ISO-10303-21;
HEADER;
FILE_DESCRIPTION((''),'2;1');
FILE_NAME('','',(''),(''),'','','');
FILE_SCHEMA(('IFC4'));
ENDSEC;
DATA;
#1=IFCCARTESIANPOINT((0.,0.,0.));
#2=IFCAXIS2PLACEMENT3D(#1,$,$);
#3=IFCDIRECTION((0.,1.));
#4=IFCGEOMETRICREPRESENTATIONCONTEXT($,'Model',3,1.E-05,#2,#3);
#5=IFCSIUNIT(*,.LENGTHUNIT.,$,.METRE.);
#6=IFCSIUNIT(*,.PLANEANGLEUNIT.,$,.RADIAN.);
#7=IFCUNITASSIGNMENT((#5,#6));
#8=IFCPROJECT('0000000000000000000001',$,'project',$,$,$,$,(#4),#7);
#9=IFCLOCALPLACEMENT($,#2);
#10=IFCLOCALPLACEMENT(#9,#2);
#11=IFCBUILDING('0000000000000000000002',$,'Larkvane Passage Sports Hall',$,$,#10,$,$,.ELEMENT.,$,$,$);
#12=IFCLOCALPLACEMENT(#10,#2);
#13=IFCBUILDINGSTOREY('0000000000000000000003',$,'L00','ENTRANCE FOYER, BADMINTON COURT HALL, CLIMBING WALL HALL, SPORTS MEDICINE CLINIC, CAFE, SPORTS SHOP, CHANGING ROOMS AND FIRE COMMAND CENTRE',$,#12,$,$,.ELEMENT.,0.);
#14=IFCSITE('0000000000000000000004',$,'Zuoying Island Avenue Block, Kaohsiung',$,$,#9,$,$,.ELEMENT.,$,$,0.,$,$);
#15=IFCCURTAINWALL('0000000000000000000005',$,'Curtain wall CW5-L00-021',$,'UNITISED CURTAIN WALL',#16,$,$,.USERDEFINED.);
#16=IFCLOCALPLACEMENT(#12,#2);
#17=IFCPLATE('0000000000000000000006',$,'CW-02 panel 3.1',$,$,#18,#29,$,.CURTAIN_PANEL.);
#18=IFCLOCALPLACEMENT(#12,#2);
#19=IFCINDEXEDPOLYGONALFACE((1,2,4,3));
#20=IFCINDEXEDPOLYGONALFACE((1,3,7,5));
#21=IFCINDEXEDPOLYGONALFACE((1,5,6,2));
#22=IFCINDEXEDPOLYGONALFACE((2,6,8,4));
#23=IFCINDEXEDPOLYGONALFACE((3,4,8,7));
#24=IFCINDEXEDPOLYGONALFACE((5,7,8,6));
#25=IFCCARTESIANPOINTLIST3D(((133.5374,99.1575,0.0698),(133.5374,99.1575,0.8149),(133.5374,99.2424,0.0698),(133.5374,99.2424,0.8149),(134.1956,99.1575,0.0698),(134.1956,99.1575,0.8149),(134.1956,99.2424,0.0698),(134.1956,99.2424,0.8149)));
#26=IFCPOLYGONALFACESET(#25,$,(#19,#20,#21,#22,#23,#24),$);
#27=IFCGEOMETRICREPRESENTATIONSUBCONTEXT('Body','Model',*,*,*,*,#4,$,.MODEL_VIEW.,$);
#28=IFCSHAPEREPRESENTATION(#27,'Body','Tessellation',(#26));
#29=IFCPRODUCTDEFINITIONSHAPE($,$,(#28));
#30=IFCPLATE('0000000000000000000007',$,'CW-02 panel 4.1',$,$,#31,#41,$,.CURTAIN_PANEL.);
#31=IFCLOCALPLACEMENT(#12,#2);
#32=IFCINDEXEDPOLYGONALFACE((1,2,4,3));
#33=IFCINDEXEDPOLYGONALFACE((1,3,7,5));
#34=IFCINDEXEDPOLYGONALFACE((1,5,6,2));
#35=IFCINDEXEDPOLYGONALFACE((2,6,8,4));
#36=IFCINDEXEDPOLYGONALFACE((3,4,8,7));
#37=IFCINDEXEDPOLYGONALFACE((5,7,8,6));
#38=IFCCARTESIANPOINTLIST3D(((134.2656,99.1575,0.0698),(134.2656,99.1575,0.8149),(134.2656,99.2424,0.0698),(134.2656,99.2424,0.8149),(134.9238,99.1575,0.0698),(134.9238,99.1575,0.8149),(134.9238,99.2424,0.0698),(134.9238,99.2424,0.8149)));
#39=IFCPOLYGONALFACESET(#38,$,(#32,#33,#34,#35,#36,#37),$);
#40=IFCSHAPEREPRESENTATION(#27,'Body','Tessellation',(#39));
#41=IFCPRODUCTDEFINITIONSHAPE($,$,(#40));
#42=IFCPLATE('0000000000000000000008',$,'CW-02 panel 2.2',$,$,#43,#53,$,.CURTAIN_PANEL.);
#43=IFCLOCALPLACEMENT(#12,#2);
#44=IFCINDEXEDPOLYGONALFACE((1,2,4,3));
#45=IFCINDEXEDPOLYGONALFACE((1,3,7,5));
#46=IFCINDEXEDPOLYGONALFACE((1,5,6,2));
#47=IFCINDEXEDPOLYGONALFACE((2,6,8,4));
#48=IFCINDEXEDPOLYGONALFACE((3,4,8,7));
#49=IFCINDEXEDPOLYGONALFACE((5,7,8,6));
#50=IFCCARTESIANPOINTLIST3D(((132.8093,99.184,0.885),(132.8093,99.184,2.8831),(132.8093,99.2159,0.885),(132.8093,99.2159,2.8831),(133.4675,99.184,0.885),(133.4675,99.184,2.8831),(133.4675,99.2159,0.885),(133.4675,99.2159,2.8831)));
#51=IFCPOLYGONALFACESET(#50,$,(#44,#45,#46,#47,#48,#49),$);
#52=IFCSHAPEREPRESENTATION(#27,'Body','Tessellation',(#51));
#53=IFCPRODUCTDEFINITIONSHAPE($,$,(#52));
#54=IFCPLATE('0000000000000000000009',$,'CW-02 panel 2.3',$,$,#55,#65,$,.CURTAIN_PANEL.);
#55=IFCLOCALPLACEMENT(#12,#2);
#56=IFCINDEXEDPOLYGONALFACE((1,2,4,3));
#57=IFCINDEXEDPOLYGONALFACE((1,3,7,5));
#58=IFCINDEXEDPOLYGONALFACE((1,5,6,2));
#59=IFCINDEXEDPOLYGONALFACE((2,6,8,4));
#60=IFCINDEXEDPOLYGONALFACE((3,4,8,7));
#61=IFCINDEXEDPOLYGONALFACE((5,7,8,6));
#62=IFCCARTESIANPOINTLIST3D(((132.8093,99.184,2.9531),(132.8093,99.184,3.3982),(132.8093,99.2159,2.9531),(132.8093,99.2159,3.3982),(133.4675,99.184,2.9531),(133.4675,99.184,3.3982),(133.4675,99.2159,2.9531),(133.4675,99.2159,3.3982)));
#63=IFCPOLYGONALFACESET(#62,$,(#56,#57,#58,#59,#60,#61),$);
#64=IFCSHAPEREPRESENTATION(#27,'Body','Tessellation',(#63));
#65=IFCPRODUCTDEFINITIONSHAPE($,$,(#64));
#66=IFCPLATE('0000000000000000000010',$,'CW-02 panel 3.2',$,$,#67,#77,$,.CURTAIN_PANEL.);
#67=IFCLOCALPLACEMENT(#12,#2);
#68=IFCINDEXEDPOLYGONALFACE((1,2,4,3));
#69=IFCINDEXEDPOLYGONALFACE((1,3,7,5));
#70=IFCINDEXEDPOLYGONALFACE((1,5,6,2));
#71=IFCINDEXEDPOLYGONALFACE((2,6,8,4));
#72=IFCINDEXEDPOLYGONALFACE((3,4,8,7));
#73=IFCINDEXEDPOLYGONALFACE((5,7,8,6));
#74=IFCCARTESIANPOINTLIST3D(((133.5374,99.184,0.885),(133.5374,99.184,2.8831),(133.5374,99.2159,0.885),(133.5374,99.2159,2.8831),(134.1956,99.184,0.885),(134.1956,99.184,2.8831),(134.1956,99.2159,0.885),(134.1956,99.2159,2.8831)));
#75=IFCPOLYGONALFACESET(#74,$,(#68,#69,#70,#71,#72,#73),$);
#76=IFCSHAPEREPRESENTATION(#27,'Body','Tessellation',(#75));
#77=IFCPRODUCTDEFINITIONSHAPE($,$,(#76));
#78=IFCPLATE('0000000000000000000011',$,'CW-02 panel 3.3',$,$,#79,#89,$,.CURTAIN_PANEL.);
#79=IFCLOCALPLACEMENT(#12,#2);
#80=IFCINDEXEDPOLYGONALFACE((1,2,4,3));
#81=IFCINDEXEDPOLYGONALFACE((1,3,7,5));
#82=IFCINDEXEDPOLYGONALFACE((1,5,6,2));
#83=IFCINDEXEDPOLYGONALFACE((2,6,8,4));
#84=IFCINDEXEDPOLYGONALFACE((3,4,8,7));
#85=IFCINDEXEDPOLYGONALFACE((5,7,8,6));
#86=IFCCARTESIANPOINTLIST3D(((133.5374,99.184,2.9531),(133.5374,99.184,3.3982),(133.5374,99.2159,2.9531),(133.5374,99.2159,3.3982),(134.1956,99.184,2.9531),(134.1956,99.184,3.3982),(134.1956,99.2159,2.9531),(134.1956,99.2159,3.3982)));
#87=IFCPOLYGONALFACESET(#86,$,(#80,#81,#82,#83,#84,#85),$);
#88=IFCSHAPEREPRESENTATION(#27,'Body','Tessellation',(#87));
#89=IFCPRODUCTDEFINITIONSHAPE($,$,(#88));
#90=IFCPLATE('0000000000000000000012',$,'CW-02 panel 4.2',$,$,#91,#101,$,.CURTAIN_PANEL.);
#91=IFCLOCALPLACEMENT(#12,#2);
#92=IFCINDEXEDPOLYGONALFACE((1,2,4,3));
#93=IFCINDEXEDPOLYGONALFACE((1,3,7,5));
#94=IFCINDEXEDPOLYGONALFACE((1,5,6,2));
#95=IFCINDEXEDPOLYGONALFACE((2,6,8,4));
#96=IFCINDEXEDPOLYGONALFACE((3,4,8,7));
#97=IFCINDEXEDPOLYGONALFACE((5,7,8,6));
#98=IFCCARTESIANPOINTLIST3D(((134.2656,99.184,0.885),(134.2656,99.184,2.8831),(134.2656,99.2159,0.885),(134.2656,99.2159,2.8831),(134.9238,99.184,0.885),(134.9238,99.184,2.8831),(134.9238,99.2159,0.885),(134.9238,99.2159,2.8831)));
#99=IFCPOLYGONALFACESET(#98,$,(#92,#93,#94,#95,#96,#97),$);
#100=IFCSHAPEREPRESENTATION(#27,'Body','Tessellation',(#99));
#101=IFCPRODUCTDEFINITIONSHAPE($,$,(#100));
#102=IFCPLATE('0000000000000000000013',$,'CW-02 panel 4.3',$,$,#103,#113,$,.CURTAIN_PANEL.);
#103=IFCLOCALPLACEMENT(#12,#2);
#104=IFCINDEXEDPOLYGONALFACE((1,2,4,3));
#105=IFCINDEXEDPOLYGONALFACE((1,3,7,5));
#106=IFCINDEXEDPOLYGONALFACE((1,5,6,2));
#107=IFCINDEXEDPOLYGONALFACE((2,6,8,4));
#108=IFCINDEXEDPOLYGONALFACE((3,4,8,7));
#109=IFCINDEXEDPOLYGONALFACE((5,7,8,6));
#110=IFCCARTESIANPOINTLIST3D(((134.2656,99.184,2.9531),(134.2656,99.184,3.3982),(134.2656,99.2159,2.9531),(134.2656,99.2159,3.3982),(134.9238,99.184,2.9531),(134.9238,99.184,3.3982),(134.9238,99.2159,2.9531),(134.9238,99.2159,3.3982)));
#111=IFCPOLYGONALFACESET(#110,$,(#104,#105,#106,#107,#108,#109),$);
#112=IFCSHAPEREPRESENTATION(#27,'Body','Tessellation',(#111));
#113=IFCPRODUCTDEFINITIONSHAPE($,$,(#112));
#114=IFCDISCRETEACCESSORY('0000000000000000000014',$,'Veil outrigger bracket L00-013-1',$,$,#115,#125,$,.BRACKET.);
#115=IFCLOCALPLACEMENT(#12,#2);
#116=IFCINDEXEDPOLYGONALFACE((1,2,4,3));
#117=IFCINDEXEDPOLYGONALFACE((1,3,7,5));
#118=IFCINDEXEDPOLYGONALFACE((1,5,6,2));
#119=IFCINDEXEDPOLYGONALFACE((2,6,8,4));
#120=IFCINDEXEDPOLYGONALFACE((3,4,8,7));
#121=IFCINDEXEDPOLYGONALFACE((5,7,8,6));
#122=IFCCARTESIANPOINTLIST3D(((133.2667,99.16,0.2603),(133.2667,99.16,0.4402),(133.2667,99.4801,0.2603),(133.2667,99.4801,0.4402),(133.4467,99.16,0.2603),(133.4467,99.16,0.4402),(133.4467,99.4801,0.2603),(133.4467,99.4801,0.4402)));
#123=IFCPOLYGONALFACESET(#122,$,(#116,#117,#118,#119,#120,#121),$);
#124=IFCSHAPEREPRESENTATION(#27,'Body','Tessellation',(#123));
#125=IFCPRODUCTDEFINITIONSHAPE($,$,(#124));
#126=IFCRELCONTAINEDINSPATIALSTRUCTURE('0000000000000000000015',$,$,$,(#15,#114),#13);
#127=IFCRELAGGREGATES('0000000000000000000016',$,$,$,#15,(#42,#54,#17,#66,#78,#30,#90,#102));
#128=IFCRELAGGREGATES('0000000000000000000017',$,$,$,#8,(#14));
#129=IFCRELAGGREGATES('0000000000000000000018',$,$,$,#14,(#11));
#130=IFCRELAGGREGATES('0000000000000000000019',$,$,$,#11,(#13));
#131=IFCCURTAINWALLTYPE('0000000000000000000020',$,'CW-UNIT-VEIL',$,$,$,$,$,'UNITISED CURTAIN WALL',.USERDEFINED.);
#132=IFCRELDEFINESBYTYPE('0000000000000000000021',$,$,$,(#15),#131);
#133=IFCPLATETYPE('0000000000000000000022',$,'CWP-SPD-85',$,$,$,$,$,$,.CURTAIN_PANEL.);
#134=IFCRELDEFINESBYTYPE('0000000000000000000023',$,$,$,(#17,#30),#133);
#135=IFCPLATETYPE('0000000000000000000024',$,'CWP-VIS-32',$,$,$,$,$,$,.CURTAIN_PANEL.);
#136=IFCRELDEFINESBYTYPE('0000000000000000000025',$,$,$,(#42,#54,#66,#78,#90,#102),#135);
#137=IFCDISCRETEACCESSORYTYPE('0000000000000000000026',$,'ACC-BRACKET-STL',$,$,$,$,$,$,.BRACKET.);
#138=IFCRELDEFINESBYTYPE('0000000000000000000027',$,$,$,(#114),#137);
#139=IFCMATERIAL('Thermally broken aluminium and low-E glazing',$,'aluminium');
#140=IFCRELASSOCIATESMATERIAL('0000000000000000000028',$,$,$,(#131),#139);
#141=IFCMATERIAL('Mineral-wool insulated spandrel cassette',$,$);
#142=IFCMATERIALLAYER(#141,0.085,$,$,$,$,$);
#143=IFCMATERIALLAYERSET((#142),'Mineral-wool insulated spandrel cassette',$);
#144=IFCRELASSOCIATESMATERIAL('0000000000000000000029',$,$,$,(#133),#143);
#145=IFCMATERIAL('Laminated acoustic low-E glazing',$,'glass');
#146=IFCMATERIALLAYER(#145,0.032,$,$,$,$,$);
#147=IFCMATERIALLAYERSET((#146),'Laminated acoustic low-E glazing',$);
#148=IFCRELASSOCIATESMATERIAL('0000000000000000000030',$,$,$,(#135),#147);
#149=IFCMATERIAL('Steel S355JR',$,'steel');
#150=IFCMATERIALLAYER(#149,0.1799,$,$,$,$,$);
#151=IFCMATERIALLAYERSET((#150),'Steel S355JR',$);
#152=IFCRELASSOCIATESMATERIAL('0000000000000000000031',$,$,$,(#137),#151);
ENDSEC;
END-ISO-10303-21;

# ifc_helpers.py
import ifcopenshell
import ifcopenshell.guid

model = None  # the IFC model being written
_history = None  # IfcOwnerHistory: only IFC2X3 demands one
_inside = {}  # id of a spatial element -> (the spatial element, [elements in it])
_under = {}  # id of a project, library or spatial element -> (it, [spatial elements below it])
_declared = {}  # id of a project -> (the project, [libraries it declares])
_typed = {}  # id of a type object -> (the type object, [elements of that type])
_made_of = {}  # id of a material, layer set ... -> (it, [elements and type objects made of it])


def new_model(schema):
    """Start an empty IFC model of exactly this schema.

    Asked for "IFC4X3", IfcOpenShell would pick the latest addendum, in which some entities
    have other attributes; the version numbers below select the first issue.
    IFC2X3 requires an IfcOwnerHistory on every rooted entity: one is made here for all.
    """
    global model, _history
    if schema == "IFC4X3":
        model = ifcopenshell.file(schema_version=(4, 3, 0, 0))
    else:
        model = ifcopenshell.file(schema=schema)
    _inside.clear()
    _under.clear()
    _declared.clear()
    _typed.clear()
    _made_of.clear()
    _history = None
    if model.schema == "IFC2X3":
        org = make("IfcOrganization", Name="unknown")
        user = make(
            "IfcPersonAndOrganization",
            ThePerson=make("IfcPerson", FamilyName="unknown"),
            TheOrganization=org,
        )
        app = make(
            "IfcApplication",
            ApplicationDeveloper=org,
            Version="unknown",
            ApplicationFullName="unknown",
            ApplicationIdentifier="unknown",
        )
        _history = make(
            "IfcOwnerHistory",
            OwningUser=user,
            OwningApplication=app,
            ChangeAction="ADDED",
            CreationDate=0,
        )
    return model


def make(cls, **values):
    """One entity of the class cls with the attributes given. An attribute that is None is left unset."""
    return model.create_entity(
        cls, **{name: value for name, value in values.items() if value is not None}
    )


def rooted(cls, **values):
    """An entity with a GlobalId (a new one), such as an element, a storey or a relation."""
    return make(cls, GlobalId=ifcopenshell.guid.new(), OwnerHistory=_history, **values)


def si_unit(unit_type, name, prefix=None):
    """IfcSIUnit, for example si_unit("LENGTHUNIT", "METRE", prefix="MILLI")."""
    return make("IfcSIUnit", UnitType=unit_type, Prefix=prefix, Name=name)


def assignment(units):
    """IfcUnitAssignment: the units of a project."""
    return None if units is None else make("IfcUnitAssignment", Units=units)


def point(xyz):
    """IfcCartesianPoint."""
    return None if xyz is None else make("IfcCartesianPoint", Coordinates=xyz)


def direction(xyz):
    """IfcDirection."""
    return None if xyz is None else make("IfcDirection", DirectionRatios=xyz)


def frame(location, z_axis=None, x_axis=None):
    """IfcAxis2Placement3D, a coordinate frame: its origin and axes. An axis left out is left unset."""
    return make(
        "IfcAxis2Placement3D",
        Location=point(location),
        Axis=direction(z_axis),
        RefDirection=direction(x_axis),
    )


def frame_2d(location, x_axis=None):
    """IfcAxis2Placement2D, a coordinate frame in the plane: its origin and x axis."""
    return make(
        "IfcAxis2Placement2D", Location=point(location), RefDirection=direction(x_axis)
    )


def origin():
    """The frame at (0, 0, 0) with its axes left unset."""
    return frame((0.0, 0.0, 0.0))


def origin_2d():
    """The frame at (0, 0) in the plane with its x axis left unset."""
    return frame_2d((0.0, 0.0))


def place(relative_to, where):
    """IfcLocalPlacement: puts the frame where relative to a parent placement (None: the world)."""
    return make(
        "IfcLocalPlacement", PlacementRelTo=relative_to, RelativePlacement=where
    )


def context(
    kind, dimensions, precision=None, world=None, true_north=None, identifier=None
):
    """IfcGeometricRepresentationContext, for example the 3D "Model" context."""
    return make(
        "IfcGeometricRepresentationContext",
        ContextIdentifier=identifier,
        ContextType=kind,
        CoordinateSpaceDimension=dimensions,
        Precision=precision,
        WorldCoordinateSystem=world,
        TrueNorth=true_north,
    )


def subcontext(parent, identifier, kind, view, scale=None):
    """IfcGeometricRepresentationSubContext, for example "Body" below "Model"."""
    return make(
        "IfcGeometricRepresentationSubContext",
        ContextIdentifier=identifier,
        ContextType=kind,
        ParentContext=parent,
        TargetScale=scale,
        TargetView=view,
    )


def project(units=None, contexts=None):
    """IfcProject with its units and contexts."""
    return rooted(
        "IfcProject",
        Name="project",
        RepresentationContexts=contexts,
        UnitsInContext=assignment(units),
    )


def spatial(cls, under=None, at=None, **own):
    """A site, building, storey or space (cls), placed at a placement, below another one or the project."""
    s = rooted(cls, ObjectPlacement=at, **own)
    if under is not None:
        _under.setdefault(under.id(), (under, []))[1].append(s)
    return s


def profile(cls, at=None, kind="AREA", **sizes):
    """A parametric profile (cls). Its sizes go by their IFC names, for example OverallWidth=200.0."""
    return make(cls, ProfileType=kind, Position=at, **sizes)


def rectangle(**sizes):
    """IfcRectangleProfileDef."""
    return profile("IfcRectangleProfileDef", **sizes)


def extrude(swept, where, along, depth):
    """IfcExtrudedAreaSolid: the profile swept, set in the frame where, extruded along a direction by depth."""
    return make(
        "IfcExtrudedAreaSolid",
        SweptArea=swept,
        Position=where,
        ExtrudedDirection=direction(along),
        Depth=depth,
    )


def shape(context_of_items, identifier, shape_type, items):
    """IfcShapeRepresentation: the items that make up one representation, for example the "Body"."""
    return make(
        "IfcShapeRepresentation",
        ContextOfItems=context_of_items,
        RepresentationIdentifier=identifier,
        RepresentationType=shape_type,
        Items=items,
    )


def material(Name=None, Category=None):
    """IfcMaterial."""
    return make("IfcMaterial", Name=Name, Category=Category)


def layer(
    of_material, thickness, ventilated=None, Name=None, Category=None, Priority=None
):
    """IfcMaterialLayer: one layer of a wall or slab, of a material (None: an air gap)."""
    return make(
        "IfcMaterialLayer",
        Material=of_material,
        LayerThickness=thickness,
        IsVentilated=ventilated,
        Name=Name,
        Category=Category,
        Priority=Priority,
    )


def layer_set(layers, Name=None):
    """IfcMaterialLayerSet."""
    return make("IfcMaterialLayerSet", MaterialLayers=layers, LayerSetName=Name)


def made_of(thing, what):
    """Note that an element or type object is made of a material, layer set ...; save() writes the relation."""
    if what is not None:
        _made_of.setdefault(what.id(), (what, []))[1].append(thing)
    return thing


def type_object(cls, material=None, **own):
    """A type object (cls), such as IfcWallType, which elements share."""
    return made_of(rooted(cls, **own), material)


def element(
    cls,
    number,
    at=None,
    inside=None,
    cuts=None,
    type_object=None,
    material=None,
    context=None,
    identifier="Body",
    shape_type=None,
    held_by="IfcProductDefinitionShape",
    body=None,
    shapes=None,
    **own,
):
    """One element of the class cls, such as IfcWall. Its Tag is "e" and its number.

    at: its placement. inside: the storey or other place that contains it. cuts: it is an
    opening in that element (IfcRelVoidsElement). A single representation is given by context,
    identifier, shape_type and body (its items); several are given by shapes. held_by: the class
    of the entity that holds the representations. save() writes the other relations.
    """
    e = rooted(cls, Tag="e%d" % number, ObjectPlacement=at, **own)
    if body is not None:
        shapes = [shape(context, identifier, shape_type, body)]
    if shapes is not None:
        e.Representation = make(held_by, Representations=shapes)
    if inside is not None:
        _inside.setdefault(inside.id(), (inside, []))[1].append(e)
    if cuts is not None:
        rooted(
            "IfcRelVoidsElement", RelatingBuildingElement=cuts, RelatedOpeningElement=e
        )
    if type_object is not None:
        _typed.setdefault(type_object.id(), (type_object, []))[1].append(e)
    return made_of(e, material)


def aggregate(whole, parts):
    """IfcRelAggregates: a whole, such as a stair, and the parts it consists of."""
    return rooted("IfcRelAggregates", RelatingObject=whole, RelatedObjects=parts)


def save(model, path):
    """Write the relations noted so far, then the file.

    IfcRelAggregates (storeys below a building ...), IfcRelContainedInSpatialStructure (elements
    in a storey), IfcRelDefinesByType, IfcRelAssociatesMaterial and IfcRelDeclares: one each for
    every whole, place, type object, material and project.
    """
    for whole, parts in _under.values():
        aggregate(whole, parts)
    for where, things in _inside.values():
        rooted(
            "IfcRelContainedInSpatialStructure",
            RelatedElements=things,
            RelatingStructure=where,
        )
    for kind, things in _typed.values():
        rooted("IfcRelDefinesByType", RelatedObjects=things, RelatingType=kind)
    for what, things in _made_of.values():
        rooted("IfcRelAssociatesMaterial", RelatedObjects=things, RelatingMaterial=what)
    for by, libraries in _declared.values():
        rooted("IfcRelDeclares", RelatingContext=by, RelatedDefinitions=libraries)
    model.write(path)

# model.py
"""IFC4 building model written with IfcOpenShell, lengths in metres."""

from ifc_helpers import new_model, si_unit, direction, frame, origin, origin_2d, place, context, subcontext, project, spatial, rectangle, extrude, material, layer, layer_set, type_object, element, aggregate, save


model = new_model("IFC4")

# Units and contexts
model_context = context("Model", 3, precision=1e-05, world=origin(), true_north=direction((0.0, 1.0)))
body_context = subcontext(model_context, "Body", "Model", "MODEL_VIEW")
ifc_project = project(units=[si_unit("LENGTHUNIT", "METRE"), si_unit("PLANEANGLEUNIT", "RADIAN")], contexts=[model_context])

# Site, building, storey
site_placement = place(None, origin())
site = spatial("IfcSite", under=ifc_project, at=site_placement, Name="Zuoying Island Avenue Block, Kaohsiung", CompositionType="ELEMENT", RefElevation=0.0)
building_placement = place(site_placement, origin())
building = spatial("IfcBuilding", under=site, at=building_placement, Name="Larkvane Passage Sports Hall", CompositionType="ELEMENT")
storey_placement = place(building_placement, origin())
storey = spatial("IfcBuildingStorey", under=building, at=storey_placement, Name="L00", Description="ENTRANCE FOYER, BADMINTON COURT HALL, CLIMBING WALL HALL, SPORTS MEDICINE CLINIC, CAFE, SPORTS SHOP, CHANGING ROOMS AND FIRE COMMAND CENTRE", CompositionType="ELEMENT", Elevation=0.0)

# Curtain wall, plates
ifc_material_1 = material(Name="Thermally broken aluminium and low-E glazing", Category="aluminium")
curtain_wall_type = type_object("IfcCurtainWallType", Name="CW-UNIT-VEIL", ElementType="UNITISED CURTAIN WALL", PredefinedType="USERDEFINED", material=ifc_material_1)
curtain_wall_placement = place(storey_placement, origin())
curtain_wall = element("IfcCurtainWall", 1, at=curtain_wall_placement, inside=storey, type_object=curtain_wall_type, Name="Curtain wall CW5-L00-021", ObjectType="UNITISED CURTAIN WALL", PredefinedType="USERDEFINED")
ifc_material_2 = material(Name="Mineral-wool insulated spandrel cassette")
ifc_layer_1 = layer(ifc_material_2, 0.085)
ifc_layer_set_1 = layer_set([ifc_layer_1], Name="Mineral-wool insulated spandrel cassette")
plate_type_1 = type_object("IfcPlateType", Name="CWP-SPD-85", PredefinedType="CURTAIN_PANEL", material=ifc_layer_set_1)
plate_1_placement = place(storey_placement, frame((133.8665, 99.2, 0.0698), z_axis=(0.0, 0.0, 1.0), x_axis=(1.0, 0.0, 0.0)))
plate_1 = element("IfcPlate", 2, at=plate_1_placement, type_object=plate_type_1, Name="CW-02 panel 3.1", PredefinedType="CURTAIN_PANEL", context=body_context, shape_type="SweptSolid", body=[
    extrude(rectangle(XDim=0.6582, YDim=0.085, at=origin_2d()), origin(), (0.0, 0.0, 1.0), 0.7451),
])
plate_2_placement = place(storey_placement, frame((134.5947, 99.2, 0.0698), z_axis=(0.0, 0.0, 1.0), x_axis=(1.0, 0.0, 0.0)))
plate_2 = element("IfcPlate", 3, at=plate_2_placement, type_object=plate_type_1, Name="CW-02 panel 4.1", PredefinedType="CURTAIN_PANEL", context=body_context, shape_type="SweptSolid", body=[
    extrude(rectangle(XDim=0.6582, YDim=0.085, at=origin_2d()), origin(), (0.0, 0.0, 1.0), 0.7451),
])
ifc_material_3 = material(Name="Laminated acoustic low-E glazing", Category="glass")
ifc_layer_2 = layer(ifc_material_3, 0.032)
ifc_layer_set_2 = layer_set([ifc_layer_2], Name="Laminated acoustic low-E glazing")
plate_type_2 = type_object("IfcPlateType", Name="CWP-VIS-32", PredefinedType="CURTAIN_PANEL", material=ifc_layer_set_2)
plate_3_placement = place(storey_placement, frame((133.1384, 99.2, 0.885), z_axis=(0.0, 0.0, 1.0), x_axis=(1.0, 0.0, 0.0)))
plate_3 = element("IfcPlate", 4, at=plate_3_placement, type_object=plate_type_2, Name="CW-02 panel 2.2", PredefinedType="CURTAIN_PANEL", context=body_context, shape_type="SweptSolid", body=[
    extrude(rectangle(XDim=0.6582, YDim=0.032, at=origin_2d()), origin(), (0.0, 0.0, 1.0), 1.998),
])
plate_4_placement = place(storey_placement, frame((133.1384, 99.2, 2.9531), z_axis=(0.0, 0.0, 1.0), x_axis=(1.0, 0.0, 0.0)))
plate_4 = element("IfcPlate", 5, at=plate_4_placement, type_object=plate_type_2, Name="CW-02 panel 2.3", PredefinedType="CURTAIN_PANEL", context=body_context, shape_type="SweptSolid", body=[
    extrude(rectangle(XDim=0.6582, YDim=0.032, at=origin_2d()), origin(), (0.0, 0.0, 1.0), 0.4451),
])
plate_5_placement = place(storey_placement, frame((133.8665, 99.2, 0.885), z_axis=(0.0, 0.0, 1.0), x_axis=(1.0, 0.0, 0.0)))
plate_5 = element("IfcPlate", 6, at=plate_5_placement, type_object=plate_type_2, Name="CW-02 panel 3.2", PredefinedType="CURTAIN_PANEL", context=body_context, shape_type="SweptSolid", body=[
    extrude(rectangle(XDim=0.6582, YDim=0.032, at=origin_2d()), origin(), (0.0, 0.0, 1.0), 1.998),
])
plate_6_placement = place(storey_placement, frame((133.8665, 99.2, 2.9531), z_axis=(0.0, 0.0, 1.0), x_axis=(1.0, 0.0, 0.0)))
plate_6 = element("IfcPlate", 7, at=plate_6_placement, type_object=plate_type_2, Name="CW-02 panel 3.3", PredefinedType="CURTAIN_PANEL", context=body_context, shape_type="SweptSolid", body=[
    extrude(rectangle(XDim=0.6582, YDim=0.032, at=origin_2d()), origin(), (0.0, 0.0, 1.0), 0.4451),
])
plate_7_placement = place(storey_placement, frame((134.5947, 99.2, 0.885), z_axis=(0.0, 0.0, 1.0), x_axis=(1.0, 0.0, 0.0)))
plate_7 = element("IfcPlate", 8, at=plate_7_placement, type_object=plate_type_2, Name="CW-02 panel 4.2", PredefinedType="CURTAIN_PANEL", context=body_context, shape_type="SweptSolid", body=[
    extrude(rectangle(XDim=0.6582, YDim=0.032, at=origin_2d()), origin(), (0.0, 0.0, 1.0), 1.998),
])
plate_8_placement = place(storey_placement, frame((134.5947, 99.2, 2.9531), z_axis=(0.0, 0.0, 1.0), x_axis=(1.0, 0.0, 0.0)))
plate_8 = element("IfcPlate", 9, at=plate_8_placement, type_object=plate_type_2, Name="CW-02 panel 4.3", PredefinedType="CURTAIN_PANEL", context=body_context, shape_type="SweptSolid", body=[
    extrude(rectangle(XDim=0.6582, YDim=0.032, at=origin_2d()), origin(), (0.0, 0.0, 1.0), 0.4451),
])
aggregate(curtain_wall, [plate_3, plate_4, plate_1, plate_5, plate_6, plate_2, plate_7, plate_8])

# Discrete accessory
ifc_material_4 = material(Name="Steel S355JR", Category="steel")
ifc_layer_3 = layer(ifc_material_4, 0.1799)
ifc_layer_set_3 = layer_set([ifc_layer_3], Name="Steel S355JR")
discrete_accessory_type = type_object("IfcDiscreteAccessoryType", Name="ACC-BRACKET-STL", PredefinedType="BRACKET", material=ifc_layer_set_3)
discrete_accessory_placement = place(storey_placement, frame((133.3567, 99.3201, 0.2603), z_axis=(0.0, 0.0, 1.0), x_axis=(1.0, 0.0, 0.0)))
element("IfcDiscreteAccessory", 10, at=discrete_accessory_placement, inside=storey, type_object=discrete_accessory_type, Name="Veil outrigger bracket L00-013-1", PredefinedType="BRACKET", context=body_context, shape_type="SweptSolid", body=[
    extrude(rectangle(XDim=0.1799, YDim=0.3201, at=origin_2d()), origin(), (0.0, 0.0, 1.0), 0.1799),
])

save(model, "model.ifc")
